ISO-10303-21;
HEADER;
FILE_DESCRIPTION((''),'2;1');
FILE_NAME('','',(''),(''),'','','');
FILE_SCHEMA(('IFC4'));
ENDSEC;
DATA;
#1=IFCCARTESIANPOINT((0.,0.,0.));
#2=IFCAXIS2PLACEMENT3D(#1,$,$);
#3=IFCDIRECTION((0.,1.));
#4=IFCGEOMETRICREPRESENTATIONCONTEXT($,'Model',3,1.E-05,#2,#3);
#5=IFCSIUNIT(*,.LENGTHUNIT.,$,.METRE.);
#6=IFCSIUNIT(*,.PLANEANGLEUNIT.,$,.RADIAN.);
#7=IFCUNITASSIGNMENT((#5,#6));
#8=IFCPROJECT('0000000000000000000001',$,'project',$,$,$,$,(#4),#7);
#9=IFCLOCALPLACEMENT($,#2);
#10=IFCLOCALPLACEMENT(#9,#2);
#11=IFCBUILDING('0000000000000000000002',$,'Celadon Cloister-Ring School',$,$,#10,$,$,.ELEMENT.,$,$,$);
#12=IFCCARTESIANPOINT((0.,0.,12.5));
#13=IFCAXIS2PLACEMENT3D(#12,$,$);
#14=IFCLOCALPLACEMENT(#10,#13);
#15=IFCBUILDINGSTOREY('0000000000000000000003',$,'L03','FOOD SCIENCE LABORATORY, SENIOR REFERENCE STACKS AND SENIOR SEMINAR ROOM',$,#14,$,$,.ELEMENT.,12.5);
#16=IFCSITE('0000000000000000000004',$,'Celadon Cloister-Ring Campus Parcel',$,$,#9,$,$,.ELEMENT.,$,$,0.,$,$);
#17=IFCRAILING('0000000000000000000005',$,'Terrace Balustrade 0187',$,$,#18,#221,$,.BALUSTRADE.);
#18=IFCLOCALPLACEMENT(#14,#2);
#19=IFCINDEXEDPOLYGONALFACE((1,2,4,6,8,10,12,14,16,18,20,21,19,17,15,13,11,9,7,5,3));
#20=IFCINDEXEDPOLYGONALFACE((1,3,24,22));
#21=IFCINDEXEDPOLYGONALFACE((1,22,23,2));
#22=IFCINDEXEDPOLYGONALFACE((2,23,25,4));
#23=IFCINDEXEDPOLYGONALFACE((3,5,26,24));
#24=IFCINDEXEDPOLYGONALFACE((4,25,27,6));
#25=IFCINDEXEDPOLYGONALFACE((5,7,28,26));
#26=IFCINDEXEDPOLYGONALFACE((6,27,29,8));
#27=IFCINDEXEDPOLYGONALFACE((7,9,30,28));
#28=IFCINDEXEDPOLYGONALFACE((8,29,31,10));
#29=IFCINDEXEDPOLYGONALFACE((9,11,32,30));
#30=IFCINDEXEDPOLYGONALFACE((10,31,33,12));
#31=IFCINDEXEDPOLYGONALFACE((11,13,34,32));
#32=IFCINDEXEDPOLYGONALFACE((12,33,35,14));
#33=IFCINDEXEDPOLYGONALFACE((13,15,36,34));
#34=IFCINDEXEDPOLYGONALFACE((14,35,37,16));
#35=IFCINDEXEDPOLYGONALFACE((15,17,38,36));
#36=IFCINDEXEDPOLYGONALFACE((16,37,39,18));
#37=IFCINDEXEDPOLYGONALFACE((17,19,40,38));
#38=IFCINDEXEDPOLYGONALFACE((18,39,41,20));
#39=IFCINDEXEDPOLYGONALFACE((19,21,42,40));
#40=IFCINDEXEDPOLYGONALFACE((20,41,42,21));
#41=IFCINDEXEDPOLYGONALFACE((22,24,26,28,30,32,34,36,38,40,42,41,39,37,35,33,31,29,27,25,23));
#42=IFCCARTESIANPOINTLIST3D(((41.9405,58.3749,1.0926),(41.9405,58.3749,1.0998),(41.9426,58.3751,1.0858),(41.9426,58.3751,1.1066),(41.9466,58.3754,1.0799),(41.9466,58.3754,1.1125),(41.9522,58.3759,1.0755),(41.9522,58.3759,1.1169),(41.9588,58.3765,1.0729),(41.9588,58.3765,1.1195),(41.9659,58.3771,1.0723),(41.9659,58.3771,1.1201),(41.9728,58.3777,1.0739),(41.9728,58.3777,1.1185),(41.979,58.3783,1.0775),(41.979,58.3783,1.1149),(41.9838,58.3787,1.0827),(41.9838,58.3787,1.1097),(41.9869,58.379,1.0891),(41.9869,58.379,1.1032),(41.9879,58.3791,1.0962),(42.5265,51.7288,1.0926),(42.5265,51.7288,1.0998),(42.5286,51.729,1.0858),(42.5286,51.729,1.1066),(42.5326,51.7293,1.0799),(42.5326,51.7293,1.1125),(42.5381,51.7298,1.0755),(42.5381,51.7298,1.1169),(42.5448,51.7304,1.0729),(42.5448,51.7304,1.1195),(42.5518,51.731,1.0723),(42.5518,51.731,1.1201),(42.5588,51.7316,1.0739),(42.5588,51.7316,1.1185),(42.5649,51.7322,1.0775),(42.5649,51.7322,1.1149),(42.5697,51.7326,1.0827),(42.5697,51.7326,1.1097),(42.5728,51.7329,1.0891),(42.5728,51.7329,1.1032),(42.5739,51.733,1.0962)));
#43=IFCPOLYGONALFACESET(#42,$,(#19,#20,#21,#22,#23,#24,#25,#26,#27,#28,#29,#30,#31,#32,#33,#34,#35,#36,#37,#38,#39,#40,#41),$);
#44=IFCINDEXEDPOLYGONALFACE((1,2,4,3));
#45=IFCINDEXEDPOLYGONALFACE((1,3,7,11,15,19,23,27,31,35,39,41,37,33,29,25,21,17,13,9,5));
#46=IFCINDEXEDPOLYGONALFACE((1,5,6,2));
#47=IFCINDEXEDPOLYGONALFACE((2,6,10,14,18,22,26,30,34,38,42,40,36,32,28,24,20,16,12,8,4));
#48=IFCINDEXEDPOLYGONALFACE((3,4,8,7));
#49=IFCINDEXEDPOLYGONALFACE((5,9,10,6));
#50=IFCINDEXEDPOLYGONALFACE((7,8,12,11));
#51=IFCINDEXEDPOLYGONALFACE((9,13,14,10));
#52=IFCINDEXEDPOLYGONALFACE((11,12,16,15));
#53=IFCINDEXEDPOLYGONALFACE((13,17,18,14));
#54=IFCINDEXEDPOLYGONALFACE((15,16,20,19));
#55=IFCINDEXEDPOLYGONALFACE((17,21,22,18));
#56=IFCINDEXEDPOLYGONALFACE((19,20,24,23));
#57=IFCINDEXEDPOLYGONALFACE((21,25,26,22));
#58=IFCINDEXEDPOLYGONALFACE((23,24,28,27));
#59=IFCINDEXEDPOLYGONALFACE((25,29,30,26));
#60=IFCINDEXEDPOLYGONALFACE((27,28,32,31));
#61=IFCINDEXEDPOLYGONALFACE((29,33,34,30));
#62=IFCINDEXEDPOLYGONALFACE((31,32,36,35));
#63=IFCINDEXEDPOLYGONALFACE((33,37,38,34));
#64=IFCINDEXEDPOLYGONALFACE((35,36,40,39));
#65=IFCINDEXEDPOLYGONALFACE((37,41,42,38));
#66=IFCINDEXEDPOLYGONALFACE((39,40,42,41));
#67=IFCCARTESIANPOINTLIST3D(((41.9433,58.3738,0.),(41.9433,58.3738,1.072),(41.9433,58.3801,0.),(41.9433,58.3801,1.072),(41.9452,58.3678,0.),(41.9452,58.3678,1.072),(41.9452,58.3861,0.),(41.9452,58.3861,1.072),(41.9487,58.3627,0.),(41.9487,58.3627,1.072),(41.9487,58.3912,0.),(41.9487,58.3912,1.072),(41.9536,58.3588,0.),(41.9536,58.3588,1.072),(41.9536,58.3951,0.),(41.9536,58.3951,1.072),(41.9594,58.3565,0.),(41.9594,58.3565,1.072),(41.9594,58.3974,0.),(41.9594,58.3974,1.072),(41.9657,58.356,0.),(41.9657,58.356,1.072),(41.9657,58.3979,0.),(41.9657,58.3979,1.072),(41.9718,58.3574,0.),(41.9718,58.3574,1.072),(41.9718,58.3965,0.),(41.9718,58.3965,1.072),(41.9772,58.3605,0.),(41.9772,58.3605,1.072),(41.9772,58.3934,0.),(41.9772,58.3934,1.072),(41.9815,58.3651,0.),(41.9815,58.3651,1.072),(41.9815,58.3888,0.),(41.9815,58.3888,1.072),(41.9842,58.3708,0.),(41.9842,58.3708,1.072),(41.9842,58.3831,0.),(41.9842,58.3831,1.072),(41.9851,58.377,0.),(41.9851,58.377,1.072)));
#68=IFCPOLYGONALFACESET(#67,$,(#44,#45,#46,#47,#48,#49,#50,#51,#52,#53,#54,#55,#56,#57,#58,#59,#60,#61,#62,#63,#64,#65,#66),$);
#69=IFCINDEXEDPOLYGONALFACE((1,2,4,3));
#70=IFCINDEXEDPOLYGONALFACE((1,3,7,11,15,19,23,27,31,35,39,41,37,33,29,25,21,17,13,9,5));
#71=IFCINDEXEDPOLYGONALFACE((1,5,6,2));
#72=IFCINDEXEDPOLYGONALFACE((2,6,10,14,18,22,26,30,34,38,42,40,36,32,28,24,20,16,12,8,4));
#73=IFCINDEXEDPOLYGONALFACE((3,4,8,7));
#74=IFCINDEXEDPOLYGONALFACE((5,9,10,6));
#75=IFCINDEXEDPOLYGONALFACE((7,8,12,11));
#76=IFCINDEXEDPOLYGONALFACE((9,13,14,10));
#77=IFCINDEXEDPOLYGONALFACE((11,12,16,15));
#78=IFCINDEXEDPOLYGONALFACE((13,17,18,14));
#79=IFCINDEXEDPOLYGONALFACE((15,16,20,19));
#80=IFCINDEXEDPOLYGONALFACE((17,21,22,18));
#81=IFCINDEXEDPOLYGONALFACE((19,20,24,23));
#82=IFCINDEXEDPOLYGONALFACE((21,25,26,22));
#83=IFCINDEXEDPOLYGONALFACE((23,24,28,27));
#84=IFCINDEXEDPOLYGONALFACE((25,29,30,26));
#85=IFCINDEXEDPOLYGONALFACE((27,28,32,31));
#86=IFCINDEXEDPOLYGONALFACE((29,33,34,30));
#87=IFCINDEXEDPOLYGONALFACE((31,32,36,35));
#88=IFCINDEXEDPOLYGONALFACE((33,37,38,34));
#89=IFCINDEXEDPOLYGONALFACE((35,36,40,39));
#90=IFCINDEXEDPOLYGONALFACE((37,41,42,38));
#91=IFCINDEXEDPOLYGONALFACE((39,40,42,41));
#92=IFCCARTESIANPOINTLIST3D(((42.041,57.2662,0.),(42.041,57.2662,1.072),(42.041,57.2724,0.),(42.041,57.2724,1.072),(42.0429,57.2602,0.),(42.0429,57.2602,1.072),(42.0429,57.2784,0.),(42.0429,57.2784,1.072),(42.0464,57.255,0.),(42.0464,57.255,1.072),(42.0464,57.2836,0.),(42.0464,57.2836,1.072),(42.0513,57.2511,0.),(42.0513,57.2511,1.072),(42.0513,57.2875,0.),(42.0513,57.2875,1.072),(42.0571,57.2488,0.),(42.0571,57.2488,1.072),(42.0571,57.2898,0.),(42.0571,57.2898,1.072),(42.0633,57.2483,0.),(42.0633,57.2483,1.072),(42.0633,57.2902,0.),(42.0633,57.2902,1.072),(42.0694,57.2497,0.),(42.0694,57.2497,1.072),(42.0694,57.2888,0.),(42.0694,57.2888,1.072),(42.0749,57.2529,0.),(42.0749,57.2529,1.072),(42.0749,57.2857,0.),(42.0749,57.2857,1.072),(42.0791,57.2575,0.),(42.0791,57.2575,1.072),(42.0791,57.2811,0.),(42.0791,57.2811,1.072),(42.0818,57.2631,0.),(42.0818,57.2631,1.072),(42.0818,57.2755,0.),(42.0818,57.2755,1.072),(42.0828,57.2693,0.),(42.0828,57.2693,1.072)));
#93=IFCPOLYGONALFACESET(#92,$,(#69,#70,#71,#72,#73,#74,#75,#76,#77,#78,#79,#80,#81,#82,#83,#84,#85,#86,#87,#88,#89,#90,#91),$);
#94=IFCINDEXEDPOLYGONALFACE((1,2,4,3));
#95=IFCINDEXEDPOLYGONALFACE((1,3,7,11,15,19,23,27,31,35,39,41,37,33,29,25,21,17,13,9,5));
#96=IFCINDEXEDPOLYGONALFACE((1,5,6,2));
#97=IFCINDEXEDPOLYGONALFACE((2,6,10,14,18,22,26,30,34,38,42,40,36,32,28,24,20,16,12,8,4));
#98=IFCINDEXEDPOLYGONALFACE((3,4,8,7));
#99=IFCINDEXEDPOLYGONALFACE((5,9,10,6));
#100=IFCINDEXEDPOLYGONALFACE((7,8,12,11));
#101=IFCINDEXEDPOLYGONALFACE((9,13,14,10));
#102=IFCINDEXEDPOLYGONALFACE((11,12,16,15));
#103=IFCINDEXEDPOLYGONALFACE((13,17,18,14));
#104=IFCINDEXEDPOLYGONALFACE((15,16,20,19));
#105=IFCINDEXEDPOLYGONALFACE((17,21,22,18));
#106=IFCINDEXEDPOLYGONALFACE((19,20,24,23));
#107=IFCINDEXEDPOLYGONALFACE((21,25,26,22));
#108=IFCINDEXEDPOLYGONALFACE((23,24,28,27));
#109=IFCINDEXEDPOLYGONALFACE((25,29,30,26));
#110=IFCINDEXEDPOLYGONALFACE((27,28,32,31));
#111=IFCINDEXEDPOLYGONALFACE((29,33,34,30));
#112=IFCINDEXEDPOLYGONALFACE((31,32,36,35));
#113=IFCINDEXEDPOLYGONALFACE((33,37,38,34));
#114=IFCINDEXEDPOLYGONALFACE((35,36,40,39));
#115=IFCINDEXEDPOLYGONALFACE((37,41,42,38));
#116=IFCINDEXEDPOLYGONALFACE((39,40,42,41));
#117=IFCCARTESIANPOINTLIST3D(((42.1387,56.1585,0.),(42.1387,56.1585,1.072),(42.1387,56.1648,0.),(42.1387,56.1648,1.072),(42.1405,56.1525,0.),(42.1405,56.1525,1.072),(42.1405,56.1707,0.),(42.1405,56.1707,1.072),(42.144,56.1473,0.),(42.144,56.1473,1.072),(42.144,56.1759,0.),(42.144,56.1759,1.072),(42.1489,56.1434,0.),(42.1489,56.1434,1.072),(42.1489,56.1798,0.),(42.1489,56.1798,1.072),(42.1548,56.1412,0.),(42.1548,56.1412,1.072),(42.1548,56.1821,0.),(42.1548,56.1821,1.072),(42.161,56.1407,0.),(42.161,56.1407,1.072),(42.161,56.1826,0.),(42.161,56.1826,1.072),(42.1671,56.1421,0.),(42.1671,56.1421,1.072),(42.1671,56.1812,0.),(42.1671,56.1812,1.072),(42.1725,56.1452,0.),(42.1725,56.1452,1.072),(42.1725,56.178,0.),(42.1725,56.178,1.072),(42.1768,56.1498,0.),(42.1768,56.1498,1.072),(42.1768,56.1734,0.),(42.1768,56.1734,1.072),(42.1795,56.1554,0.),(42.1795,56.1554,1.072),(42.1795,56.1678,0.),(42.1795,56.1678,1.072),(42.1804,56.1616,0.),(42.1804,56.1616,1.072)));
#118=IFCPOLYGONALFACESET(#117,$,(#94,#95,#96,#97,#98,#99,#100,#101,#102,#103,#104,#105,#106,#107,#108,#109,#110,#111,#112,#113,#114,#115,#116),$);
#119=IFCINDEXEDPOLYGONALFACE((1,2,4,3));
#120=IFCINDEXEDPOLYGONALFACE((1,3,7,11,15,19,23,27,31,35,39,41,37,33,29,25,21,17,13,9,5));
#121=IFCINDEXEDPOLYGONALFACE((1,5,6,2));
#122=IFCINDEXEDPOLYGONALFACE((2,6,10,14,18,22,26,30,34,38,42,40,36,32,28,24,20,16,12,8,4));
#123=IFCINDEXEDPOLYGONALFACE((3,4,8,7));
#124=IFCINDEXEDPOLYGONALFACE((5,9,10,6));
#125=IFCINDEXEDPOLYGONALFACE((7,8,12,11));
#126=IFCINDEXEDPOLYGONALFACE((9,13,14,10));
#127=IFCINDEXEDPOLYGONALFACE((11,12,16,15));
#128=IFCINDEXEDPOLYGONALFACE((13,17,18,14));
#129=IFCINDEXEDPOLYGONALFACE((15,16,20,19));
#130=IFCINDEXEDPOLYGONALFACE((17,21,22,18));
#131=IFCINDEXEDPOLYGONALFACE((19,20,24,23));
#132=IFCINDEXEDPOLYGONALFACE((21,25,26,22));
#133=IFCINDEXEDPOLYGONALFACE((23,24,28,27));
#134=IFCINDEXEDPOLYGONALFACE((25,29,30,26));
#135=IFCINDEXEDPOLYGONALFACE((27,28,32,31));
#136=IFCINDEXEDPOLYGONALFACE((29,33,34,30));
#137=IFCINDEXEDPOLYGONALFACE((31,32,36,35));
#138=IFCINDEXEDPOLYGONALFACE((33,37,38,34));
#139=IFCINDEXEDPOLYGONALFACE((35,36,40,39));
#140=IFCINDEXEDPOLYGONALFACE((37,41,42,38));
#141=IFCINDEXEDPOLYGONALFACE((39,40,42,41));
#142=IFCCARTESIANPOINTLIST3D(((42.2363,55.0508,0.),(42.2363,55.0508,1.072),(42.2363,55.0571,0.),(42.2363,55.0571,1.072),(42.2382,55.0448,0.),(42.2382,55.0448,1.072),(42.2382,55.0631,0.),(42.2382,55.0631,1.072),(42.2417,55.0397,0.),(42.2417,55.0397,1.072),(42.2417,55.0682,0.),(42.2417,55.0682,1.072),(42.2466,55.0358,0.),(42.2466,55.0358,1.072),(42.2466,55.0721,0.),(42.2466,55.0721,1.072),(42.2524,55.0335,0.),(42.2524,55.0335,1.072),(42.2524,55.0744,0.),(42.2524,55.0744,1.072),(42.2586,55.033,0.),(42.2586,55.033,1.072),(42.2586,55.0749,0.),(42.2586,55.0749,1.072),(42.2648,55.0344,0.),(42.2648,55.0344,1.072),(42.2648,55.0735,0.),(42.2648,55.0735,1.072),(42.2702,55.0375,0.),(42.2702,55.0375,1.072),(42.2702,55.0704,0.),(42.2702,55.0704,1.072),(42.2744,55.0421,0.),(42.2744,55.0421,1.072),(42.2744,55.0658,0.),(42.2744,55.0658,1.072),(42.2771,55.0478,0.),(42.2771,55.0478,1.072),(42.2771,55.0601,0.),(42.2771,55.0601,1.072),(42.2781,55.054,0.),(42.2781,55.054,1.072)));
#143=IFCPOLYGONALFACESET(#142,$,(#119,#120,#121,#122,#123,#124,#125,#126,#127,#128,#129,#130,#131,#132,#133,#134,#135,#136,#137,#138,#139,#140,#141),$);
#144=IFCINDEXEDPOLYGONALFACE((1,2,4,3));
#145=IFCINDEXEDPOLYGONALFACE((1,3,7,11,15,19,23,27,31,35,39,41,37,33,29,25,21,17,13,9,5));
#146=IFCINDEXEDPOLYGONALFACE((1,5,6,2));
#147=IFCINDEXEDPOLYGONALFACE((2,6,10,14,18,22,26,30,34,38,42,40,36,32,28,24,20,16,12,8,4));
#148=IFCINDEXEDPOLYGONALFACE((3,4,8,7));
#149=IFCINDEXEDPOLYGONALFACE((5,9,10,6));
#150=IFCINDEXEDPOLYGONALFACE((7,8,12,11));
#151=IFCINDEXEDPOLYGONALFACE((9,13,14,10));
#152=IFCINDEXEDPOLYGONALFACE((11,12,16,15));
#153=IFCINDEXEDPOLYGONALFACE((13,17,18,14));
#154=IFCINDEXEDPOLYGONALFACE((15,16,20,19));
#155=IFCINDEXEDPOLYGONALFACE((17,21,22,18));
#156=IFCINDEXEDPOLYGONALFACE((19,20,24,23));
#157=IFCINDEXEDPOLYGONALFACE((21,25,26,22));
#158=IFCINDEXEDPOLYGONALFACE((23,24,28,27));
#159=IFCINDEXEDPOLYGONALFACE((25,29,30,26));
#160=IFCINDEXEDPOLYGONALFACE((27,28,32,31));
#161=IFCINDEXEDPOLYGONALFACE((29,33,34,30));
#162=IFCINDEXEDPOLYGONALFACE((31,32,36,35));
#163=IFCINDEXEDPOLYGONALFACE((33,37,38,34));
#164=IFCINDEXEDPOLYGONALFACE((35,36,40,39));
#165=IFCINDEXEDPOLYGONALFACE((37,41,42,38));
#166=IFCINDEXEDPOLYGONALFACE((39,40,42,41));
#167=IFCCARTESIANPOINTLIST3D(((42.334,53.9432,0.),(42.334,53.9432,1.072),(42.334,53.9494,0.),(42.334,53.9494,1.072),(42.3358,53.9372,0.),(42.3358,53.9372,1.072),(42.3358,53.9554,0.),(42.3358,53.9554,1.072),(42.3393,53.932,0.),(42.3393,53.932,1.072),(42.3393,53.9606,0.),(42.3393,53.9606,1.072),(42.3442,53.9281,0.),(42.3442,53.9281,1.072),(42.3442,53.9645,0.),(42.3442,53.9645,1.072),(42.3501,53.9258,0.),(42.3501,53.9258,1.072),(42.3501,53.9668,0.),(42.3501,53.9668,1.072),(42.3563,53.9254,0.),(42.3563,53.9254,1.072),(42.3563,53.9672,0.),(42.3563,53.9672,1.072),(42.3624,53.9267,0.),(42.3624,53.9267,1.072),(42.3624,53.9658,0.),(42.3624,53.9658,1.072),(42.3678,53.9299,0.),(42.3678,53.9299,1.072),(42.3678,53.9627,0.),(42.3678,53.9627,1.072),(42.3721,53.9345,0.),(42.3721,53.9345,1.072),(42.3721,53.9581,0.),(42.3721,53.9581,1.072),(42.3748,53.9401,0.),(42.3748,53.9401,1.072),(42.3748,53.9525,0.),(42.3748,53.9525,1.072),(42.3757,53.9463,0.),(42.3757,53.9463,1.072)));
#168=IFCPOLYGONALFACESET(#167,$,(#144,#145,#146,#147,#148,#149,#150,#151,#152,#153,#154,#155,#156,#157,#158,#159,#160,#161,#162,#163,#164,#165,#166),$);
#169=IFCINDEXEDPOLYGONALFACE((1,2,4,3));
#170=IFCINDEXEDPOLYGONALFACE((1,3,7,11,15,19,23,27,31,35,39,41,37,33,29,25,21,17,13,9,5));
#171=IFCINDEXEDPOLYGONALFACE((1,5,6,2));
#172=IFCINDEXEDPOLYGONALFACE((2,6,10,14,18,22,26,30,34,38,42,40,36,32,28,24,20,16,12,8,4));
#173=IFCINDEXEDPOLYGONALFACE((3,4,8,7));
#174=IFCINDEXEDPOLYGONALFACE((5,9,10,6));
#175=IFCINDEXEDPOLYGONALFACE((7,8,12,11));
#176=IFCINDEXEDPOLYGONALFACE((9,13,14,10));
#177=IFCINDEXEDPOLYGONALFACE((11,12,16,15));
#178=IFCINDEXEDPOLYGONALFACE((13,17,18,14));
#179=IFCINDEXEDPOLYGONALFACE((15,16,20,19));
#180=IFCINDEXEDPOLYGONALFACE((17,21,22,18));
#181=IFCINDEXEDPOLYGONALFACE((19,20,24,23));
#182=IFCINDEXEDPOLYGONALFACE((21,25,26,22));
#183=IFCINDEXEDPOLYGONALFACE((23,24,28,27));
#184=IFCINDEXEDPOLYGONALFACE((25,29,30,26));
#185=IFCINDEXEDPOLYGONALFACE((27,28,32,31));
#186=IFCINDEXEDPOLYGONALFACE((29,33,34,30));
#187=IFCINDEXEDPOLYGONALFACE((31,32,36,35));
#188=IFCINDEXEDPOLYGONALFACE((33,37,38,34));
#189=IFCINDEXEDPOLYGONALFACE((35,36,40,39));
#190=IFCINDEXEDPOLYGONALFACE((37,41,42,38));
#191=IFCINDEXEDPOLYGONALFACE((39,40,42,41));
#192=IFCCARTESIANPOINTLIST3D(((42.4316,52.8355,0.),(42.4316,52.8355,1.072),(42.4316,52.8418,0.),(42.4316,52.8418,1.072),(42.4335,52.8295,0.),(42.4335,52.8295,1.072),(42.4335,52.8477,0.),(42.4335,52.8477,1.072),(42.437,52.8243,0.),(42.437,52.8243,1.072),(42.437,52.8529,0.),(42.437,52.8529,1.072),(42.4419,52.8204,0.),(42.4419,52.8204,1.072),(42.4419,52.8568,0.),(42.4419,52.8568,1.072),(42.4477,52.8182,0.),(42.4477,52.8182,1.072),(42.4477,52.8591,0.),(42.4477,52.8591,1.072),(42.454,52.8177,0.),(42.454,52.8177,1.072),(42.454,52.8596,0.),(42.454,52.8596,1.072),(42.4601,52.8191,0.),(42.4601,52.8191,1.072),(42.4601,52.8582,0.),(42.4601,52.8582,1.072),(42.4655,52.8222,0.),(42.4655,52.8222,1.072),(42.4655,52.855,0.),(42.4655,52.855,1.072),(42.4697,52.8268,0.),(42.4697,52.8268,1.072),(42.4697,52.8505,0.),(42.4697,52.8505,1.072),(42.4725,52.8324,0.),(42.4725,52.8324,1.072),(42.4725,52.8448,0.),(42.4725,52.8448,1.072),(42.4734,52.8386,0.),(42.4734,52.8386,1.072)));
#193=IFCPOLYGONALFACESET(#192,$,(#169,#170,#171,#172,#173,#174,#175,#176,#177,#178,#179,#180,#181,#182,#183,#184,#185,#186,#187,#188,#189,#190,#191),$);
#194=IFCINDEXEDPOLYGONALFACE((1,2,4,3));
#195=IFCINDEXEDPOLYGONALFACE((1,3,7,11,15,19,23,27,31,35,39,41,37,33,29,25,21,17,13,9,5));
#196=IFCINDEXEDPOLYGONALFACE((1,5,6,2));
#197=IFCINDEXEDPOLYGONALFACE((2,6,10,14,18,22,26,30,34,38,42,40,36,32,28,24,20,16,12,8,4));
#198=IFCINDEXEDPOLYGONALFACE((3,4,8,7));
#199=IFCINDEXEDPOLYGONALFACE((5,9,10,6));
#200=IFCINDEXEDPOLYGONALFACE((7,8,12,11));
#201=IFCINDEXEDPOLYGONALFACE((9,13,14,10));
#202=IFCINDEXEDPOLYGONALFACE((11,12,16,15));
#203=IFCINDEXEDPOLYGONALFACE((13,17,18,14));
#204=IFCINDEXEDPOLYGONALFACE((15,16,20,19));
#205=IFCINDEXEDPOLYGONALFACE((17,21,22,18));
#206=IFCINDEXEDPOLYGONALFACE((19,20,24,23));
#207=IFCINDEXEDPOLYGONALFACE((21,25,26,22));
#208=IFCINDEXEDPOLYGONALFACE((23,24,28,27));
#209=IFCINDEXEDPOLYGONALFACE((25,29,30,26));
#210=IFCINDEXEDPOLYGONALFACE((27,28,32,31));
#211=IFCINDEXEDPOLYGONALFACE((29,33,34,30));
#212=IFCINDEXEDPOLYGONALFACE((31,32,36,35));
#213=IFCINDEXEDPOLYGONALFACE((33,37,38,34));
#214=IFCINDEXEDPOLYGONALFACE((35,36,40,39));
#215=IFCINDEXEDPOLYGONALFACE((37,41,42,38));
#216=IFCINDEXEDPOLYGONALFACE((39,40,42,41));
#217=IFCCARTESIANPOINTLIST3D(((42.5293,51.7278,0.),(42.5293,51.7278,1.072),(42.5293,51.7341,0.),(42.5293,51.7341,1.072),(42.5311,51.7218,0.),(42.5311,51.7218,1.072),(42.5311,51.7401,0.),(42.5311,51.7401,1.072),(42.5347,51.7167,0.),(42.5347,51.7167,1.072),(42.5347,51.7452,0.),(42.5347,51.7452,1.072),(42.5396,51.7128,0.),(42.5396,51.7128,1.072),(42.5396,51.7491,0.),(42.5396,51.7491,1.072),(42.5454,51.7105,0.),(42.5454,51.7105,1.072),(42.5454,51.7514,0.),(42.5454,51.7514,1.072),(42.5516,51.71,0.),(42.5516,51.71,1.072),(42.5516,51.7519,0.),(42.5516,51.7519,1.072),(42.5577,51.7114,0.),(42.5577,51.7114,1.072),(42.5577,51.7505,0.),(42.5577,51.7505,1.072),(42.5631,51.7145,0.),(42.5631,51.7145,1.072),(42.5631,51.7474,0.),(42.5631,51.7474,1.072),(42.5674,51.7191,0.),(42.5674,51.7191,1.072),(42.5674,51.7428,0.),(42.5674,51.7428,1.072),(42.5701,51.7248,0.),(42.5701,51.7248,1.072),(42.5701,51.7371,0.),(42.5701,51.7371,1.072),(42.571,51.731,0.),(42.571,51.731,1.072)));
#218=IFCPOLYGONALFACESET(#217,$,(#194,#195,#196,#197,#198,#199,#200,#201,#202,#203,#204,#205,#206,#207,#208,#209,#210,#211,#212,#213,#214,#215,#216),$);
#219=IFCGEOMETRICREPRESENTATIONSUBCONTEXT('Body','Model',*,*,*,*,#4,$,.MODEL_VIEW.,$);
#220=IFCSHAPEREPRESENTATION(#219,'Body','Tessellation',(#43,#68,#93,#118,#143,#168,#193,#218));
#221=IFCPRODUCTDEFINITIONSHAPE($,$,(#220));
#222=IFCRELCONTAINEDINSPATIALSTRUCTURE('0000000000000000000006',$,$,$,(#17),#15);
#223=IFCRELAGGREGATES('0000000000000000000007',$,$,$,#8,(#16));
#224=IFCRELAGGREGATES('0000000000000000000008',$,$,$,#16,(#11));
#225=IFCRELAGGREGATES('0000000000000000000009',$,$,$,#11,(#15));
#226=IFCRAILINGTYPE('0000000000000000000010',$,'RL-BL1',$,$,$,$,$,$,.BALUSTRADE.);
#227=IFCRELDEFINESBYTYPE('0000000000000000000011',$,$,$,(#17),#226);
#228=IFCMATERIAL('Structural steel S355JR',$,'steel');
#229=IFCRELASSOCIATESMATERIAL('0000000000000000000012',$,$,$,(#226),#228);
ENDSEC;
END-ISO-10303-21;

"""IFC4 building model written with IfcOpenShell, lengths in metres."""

from ifc_helpers import new_model, si_unit, direction, frame, origin, origin_2d, place, context, subcontext, project, spatial, circle, extrude, material, type_object, element, save


model = new_model("IFC4")

# Units and contexts
model_context = context("Model", 3, precision=1e-05, world=origin(), true_north=direction((0.0, 1.0)))
body_context = subcontext(model_context, "Body", "Model", "MODEL_VIEW")
ifc_project = project(units=[si_unit("LENGTHUNIT", "METRE"), si_unit("PLANEANGLEUNIT", "RADIAN")], contexts=[model_context])

# Site, building, storey
site_placement = place(None, origin())
site = spatial("IfcSite", under=ifc_project, at=site_placement, Name="Celadon Cloister-Ring Campus Parcel", CompositionType="ELEMENT", RefElevation=0.0)
building_placement = place(site_placement, origin())
building = spatial("IfcBuilding", under=site, at=building_placement, Name="Celadon Cloister-Ring School", CompositionType="ELEMENT")
storey_placement = place(building_placement, frame((0.0, 0.0, 12.5)))
storey = spatial("IfcBuildingStorey", under=building, at=storey_placement, Name="L03", Description="FOOD SCIENCE LABORATORY, SENIOR REFERENCE STACKS AND SENIOR SEMINAR ROOM", CompositionType="ELEMENT", Elevation=12.5)

# Railing
ifc_material_1 = material(Name="Structural steel S355JR", Category="steel")
railing_type_1 = type_object("IfcRailingType", Name="RL-BL1", PredefinedType="BALUSTRADE", material=ifc_material_1)
railing_1_placement = place(storey_placement, frame((41.9641, 58.377, 0.0)))
element("IfcRailing", 1, at=railing_1_placement, inside=storey, type_object=railing_type_1, Name="Terrace Balustrade 0187", PredefinedType="BALUSTRADE", context=body_context, shape_type="SweptSolid", body=[
    extrude(circle(Radius=0.0239, at=origin_2d()), frame((0.0, 0.0, 1.0962), z_axis=(0.087823, -0.996136, 0.0), x_axis=(0.996136, 0.087823, 0.0)), (0.0, 0.0, 1.0), 6.6719),
    extrude(circle(Radius=0.021, at=origin_2d()), origin(), (0.0, 0.0, 1.0), 1.072),
    extrude(circle(Radius=0.021, at=origin_2d()), frame((0.0977, -1.1077, 0.0)), (0.0, 0.0, 1.0), 1.072),
    extrude(circle(Radius=0.021, at=origin_2d()), frame((0.1953, -2.2153, 0.0)), (0.0, 0.0, 1.0), 1.072),
    extrude(circle(Radius=0.021, at=origin_2d()), frame((0.293, -3.323, 0.0)), (0.0, 0.0, 1.0), 1.072),
    extrude(circle(Radius=0.021, at=origin_2d()), frame((0.3906, -4.4307, 0.0)), (0.0, 0.0, 1.0), 1.072),
    extrude(circle(Radius=0.021, at=origin_2d()), frame((0.4883, -5.5383, 0.0)), (0.0, 0.0, 1.0), 1.072),
    extrude(circle(Radius=0.021, at=origin_2d()), frame((0.5859, -6.646, 0.0)), (0.0, 0.0, 1.0), 1.072),
])

save(model, "model.ifc")
